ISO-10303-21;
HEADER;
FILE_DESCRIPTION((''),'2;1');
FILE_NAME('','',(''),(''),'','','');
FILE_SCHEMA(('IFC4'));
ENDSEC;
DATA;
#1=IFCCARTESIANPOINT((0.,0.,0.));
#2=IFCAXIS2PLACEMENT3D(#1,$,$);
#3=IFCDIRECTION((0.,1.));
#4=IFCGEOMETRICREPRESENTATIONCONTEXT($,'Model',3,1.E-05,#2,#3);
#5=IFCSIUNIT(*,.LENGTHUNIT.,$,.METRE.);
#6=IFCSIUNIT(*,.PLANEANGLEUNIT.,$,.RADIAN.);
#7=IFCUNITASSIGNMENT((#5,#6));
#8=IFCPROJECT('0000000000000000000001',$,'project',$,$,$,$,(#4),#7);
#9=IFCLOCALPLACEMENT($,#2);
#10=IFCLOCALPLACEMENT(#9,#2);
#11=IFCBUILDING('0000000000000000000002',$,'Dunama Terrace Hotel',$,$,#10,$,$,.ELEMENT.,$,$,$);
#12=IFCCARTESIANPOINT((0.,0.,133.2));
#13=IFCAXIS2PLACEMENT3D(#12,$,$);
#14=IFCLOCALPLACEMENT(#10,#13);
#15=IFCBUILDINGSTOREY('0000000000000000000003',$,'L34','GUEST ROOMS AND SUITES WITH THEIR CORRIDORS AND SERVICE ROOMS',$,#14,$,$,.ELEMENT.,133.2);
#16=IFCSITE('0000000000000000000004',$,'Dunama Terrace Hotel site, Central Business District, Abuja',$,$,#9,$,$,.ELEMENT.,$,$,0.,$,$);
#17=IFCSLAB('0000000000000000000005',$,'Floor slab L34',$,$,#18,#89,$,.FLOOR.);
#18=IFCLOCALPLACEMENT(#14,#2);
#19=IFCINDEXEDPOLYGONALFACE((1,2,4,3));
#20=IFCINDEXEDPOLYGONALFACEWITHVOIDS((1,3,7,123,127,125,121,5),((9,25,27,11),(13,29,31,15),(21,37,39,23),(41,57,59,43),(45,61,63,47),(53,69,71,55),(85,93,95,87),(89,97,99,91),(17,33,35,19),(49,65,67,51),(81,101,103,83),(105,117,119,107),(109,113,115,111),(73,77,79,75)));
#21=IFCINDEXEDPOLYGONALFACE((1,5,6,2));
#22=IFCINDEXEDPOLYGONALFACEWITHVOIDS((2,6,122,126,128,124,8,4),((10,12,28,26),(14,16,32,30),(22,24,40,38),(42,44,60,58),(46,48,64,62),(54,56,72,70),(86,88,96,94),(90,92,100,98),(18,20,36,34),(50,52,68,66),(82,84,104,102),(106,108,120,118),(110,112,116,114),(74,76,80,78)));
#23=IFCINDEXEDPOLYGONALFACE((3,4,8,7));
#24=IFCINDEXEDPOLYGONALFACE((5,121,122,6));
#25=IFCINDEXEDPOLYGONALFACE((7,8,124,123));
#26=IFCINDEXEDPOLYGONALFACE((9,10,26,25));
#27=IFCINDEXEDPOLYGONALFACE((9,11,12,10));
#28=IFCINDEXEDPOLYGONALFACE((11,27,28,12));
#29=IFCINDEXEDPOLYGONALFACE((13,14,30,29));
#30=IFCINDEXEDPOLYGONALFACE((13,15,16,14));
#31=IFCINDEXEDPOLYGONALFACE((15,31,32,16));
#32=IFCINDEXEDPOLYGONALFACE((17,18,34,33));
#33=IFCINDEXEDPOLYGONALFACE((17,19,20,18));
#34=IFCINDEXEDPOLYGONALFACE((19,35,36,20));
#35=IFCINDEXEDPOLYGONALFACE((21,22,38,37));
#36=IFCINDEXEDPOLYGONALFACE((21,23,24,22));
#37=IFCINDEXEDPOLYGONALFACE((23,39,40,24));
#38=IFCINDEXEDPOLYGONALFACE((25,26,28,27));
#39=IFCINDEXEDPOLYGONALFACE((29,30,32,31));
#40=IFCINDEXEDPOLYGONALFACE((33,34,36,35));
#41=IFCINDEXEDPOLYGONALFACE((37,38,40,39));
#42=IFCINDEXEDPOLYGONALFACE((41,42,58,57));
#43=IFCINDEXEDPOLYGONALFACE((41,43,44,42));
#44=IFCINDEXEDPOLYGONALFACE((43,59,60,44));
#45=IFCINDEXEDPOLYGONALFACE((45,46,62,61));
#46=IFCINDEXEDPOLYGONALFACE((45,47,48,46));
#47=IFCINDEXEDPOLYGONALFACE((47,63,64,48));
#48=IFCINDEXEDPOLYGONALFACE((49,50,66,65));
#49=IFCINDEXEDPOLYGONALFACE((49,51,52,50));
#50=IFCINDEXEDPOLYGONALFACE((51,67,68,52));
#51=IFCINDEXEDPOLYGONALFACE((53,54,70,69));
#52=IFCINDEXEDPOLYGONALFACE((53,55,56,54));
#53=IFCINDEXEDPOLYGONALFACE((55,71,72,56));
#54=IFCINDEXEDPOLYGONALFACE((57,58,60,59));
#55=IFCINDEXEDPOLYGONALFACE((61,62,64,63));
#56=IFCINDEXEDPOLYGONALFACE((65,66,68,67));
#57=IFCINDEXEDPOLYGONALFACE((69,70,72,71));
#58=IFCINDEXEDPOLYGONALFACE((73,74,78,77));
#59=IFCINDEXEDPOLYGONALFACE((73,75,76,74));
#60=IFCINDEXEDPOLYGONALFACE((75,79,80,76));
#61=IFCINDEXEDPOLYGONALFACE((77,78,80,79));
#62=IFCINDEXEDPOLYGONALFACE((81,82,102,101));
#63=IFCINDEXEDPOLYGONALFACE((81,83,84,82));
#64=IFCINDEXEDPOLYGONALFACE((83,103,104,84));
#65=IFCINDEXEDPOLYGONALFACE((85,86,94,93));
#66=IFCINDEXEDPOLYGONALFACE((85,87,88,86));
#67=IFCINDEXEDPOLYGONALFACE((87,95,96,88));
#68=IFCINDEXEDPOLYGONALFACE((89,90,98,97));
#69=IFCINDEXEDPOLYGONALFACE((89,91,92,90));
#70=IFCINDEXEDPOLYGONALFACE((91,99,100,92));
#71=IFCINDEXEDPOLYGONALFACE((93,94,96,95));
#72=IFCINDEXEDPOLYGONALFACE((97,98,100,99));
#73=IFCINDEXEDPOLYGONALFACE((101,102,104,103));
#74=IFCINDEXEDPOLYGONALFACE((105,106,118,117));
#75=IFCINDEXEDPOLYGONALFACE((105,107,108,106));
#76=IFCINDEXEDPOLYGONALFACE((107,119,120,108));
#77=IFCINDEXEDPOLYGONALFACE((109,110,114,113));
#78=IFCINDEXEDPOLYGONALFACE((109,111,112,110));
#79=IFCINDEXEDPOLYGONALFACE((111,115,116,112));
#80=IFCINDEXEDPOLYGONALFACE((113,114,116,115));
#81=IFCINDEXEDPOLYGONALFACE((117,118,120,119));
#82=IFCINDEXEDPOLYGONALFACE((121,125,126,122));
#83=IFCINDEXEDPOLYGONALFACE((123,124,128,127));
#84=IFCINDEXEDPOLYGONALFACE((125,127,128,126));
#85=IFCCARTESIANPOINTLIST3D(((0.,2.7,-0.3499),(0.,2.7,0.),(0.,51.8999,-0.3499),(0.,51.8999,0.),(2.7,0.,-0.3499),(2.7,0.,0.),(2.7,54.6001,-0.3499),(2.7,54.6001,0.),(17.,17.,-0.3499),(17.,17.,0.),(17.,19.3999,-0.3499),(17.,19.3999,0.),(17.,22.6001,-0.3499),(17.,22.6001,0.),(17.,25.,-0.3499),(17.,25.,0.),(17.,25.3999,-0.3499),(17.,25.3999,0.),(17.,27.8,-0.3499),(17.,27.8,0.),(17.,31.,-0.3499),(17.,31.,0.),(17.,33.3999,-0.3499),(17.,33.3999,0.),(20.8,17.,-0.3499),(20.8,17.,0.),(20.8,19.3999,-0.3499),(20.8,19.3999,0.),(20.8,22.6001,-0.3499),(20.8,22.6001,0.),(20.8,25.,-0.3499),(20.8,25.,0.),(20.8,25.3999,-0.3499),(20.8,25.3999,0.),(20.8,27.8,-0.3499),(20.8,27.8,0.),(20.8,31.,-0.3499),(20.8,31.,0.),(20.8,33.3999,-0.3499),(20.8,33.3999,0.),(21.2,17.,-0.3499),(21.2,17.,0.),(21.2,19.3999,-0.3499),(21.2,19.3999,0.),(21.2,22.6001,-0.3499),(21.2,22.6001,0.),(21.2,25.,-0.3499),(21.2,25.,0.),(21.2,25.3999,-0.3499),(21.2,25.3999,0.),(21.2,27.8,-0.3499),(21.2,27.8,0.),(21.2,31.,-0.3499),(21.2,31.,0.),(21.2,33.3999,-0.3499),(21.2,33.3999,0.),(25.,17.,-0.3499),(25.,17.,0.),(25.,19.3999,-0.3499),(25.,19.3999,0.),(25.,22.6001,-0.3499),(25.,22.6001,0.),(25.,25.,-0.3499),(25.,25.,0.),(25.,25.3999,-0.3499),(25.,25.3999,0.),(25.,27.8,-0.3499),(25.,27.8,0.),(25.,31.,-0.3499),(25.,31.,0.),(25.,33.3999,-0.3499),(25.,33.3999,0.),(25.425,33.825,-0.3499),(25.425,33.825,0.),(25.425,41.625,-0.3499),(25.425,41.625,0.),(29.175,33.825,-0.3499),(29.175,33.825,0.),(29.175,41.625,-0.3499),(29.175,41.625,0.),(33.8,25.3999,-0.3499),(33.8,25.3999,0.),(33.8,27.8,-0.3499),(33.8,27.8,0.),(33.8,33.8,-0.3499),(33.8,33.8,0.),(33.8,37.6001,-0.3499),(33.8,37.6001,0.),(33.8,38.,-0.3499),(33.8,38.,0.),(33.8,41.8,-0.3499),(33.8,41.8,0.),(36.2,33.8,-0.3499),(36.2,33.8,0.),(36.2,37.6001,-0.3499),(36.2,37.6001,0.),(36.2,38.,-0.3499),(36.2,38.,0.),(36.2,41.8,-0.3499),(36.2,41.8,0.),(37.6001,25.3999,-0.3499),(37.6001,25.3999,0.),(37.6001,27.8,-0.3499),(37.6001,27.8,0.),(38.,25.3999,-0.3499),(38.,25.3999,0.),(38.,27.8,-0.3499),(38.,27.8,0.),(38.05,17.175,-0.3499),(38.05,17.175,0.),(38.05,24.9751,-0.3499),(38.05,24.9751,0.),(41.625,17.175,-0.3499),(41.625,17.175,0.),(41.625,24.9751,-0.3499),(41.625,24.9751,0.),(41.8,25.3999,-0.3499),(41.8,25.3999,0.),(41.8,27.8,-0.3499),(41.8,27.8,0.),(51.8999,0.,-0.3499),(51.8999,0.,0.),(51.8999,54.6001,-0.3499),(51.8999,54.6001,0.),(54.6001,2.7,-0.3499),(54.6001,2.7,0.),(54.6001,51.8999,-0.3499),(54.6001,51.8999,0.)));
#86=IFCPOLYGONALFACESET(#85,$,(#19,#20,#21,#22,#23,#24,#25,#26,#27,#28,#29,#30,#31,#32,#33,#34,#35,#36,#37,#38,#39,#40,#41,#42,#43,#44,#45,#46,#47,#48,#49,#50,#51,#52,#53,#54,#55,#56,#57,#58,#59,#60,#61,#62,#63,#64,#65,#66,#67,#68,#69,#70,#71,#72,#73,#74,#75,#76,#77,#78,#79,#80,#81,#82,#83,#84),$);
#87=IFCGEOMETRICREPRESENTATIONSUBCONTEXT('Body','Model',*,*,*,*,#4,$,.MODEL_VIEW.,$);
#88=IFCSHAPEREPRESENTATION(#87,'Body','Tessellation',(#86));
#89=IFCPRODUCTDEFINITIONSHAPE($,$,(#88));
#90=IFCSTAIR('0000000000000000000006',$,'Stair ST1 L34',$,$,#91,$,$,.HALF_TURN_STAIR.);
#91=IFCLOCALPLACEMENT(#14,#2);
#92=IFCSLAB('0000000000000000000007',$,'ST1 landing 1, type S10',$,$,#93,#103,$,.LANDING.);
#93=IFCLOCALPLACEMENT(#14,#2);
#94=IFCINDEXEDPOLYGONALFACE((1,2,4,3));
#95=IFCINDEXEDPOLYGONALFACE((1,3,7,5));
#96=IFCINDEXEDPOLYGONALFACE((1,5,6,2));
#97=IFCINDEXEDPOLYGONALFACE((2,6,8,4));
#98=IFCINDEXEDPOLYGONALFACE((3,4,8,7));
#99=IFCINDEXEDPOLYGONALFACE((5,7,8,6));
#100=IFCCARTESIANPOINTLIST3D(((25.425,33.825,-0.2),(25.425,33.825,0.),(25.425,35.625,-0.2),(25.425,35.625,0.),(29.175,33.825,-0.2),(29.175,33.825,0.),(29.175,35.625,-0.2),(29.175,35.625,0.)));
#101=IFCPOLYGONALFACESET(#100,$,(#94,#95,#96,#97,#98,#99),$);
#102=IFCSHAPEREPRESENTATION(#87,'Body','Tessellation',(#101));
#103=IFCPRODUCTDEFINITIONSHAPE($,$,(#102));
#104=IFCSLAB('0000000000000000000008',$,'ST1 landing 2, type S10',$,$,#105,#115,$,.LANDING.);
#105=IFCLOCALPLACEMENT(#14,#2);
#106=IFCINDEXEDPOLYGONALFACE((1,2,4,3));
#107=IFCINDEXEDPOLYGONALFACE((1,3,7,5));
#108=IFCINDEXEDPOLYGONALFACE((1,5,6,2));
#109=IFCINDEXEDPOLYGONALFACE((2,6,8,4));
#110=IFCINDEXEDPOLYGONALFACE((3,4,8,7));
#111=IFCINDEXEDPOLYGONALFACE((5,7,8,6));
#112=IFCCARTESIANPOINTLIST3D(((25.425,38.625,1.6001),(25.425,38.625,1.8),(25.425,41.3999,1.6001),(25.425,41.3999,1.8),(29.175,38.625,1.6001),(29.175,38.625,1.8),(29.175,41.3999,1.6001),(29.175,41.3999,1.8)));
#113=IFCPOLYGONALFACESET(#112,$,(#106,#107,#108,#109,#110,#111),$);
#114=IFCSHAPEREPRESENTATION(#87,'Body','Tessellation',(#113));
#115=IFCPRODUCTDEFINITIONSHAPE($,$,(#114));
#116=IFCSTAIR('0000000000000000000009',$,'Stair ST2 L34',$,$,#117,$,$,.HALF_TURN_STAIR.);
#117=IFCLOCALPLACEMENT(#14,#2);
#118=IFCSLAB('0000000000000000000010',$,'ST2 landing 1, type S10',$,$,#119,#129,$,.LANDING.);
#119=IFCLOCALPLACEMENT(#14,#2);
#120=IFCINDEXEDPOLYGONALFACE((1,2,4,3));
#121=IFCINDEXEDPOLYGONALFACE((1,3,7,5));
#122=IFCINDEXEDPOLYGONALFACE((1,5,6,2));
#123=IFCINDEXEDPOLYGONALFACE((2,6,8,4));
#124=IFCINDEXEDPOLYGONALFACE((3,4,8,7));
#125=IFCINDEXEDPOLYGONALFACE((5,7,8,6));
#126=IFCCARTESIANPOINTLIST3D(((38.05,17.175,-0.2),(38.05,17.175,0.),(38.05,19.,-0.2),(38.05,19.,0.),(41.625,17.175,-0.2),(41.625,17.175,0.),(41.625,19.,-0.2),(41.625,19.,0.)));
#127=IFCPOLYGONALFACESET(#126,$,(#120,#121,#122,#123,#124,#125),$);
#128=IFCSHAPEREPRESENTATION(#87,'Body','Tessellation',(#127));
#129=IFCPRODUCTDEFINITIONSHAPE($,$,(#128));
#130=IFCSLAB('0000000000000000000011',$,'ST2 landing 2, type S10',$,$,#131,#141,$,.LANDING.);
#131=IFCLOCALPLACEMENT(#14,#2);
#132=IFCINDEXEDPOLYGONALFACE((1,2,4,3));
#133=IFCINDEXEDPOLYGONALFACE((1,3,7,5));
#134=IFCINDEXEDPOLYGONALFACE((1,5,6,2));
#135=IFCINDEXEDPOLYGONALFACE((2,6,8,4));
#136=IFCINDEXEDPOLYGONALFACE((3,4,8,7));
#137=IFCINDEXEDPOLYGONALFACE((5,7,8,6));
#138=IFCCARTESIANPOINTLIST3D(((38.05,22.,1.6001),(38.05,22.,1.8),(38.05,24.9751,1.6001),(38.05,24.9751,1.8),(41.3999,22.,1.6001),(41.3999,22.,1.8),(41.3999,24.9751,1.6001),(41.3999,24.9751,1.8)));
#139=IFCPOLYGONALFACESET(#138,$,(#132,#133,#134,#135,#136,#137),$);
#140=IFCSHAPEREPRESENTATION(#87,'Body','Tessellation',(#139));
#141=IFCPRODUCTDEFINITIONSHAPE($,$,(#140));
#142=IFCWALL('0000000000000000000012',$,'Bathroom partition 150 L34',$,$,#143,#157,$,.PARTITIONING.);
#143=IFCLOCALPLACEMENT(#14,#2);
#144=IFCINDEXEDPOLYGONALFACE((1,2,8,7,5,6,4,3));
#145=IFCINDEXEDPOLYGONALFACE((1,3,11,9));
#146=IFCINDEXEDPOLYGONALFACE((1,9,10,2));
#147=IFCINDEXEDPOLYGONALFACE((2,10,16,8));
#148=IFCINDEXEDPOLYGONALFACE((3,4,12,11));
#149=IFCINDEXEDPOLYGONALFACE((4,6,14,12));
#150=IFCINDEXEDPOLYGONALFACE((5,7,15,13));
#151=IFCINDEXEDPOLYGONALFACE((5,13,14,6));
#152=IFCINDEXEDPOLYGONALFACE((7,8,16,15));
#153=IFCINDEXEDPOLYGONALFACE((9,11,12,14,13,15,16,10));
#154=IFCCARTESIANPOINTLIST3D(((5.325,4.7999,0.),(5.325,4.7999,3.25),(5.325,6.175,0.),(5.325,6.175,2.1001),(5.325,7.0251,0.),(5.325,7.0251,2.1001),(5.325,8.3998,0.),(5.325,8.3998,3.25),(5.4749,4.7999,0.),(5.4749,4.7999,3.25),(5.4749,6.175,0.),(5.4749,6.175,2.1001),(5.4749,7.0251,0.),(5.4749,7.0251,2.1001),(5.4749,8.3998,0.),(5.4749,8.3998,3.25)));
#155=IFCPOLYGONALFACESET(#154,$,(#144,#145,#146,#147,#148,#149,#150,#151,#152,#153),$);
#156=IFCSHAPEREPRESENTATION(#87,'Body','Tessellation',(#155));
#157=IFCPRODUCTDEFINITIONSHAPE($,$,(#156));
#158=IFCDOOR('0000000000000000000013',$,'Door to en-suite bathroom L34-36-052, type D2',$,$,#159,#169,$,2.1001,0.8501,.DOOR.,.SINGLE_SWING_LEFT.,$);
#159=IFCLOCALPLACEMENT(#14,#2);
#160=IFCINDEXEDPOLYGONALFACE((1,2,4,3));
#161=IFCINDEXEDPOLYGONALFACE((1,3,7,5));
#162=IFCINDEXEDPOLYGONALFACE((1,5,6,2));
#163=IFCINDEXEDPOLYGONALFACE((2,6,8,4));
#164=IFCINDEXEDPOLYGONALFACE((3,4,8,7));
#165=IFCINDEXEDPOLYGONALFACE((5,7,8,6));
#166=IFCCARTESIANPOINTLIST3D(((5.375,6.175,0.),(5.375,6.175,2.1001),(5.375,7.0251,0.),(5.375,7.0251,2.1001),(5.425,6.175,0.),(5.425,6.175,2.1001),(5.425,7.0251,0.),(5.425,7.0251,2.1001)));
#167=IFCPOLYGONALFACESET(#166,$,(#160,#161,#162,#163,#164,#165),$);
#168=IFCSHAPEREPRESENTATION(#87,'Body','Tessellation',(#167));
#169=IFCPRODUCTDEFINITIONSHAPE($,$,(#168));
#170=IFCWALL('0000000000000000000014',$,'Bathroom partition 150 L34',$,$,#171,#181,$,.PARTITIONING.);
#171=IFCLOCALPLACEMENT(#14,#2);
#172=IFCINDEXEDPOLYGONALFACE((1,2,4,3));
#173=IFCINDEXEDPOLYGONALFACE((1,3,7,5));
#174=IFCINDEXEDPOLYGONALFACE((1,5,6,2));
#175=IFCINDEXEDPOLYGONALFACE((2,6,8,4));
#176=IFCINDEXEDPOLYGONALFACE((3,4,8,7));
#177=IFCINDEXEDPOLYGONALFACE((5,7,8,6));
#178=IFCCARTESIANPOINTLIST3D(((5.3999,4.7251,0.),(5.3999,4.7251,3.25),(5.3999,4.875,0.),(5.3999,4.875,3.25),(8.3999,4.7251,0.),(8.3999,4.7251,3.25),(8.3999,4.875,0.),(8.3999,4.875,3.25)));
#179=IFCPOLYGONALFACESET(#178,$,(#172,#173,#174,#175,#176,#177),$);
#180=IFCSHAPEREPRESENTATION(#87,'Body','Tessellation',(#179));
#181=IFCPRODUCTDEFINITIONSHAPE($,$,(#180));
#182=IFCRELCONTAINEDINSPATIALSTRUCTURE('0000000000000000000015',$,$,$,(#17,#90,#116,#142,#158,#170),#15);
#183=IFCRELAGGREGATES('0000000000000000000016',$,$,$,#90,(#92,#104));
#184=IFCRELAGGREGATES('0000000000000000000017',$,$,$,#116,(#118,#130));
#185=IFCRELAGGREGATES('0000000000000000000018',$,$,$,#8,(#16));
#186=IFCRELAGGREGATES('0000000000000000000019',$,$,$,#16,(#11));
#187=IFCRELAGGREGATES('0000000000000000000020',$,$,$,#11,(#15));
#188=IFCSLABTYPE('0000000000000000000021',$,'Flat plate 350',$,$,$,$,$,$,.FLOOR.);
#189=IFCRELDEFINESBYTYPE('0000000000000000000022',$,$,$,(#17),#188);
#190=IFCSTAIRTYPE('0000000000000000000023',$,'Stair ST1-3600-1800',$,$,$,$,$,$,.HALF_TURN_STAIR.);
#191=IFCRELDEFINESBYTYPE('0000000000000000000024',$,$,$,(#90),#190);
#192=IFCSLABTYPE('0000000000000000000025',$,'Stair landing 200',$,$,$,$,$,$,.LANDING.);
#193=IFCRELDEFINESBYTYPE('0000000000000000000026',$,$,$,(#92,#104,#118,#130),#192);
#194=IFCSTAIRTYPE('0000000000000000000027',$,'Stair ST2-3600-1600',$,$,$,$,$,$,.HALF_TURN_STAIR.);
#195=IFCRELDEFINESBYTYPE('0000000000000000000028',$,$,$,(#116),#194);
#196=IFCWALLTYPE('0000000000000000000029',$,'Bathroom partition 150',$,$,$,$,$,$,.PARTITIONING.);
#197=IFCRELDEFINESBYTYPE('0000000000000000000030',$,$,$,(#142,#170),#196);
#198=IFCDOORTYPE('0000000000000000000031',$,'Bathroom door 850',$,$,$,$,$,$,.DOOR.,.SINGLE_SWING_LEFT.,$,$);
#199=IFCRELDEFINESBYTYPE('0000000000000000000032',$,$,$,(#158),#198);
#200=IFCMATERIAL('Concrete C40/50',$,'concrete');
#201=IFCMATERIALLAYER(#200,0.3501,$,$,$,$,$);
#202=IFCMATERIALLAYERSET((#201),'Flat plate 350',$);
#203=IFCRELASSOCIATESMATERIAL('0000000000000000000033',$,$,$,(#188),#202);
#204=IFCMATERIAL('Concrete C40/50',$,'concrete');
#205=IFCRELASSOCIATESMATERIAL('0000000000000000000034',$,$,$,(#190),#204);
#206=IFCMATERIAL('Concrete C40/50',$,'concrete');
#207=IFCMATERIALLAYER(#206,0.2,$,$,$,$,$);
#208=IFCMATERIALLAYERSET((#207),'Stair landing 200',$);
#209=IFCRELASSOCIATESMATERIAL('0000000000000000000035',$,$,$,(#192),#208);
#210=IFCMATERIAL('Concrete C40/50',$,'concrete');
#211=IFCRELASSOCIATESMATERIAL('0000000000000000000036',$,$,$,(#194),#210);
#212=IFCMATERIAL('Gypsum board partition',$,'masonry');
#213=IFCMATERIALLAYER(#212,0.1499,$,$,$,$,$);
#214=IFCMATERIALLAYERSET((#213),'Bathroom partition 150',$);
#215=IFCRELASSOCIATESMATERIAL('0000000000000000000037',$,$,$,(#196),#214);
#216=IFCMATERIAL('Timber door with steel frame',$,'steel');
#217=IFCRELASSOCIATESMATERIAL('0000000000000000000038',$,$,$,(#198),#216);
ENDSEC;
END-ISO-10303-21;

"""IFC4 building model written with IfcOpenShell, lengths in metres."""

from ifc_helpers import new_model, si_unit, direction, frame, frame_2d, origin, place, context, subcontext, project, spatial, polyline, rectangle, outline, extrude, material, layer, layer_set, type_object, element, fill, aggregate, save


model = new_model("IFC4")

# Units and contexts
model_context = context("Model", 3, precision=1e-05, world=origin(), true_north=direction((0.0, 1.0)))
body_context = subcontext(model_context, "Body", "Model", "MODEL_VIEW")
ifc_project = project(units=[si_unit("LENGTHUNIT", "METRE"), si_unit("PLANEANGLEUNIT", "RADIAN")], contexts=[model_context])

# Site, building, storey
site_placement = place(None, origin())
site = spatial("IfcSite", under=ifc_project, at=site_placement, Name="Dunama Terrace Hotel site, Central Business District, Abuja", CompositionType="ELEMENT", RefElevation=0.0)
building_placement = place(site_placement, origin())
building = spatial("IfcBuilding", under=site, at=building_placement, Name="Dunama Terrace Hotel", CompositionType="ELEMENT")
storey_placement = place(building_placement, frame((0.0, 0.0, 133.2)))
storey = spatial("IfcBuildingStorey", under=building, at=storey_placement, Name="L34", Description="GUEST ROOMS AND SUITES WITH THEIR CORRIDORS AND SERVICE ROOMS", CompositionType="ELEMENT", Elevation=133.2)

# Slab
ifc_material_1 = material(Name="Concrete C40/50", Category="concrete")
ifc_layer_1 = layer(ifc_material_1, 0.3501)
ifc_layer_set_1 = layer_set([ifc_layer_1], Name="Flat plate 350")
slab_type_1 = type_object("IfcSlabType", Name="Flat plate 350", PredefinedType="FLOOR", material=ifc_layer_set_1)
slab_1_placement = place(storey_placement, frame((0.0, 0.0, -0.3499)))
element("IfcSlab", 1, at=slab_1_placement, inside=storey, type_object=slab_type_1, Name="Floor slab L34", PredefinedType="FLOOR", context=body_context, shape_type="SweptSolid", body=[
    extrude(outline(polyline([(2.7, 0.0), (51.8999, 0.0), (54.6001, 2.7), (54.6001, 51.8999), (51.8999, 54.6001), (2.7, 54.6001), (0.0, 51.8999), (0.0, 2.7), (2.7, 0.0)]), holes=[polyline([(37.6001, 25.3999), (37.6001, 27.8), (33.8, 27.8), (33.8, 25.3999), (37.6001, 25.3999)]), polyline([(41.8, 25.3999), (41.8, 27.8), (38.0, 27.8), (38.0, 25.3999), (41.8, 25.3999)]), polyline([(20.8, 17.0), (20.8, 19.3999), (17.0, 19.3999), (17.0, 17.0), (20.8, 17.0)]), polyline([(25.0, 17.0), (25.0, 19.3999), (21.2, 19.3999), (21.2, 17.0), (25.0, 17.0)]), polyline([(20.8, 22.6001), (20.8, 25.0), (17.0, 25.0), (17.0, 22.6001), (20.8, 22.6001)]), polyline([(25.0, 22.6001), (25.0, 25.0), (21.2, 25.0), (21.2, 22.6001), (25.0, 22.6001)]), polyline([(20.8, 25.3999), (20.8, 27.8), (17.0, 27.8), (17.0, 25.3999), (20.8, 25.3999)]), polyline([(25.0, 25.3999), (25.0, 27.8), (21.2, 27.8), (21.2, 25.3999), (25.0, 25.3999)]), polyline([(20.8, 31.0), (20.8, 33.3999), (17.0, 33.3999), (17.0, 31.0), (20.8, 31.0)]), polyline([(25.0, 31.0), (25.0, 33.3999), (21.2, 33.3999), (21.2, 31.0), (25.0, 31.0)]), polyline([(36.2, 38.0), (36.2, 41.8), (33.8, 41.8), (33.8, 38.0), (36.2, 38.0)]), polyline([(36.2, 33.8), (36.2, 37.6001), (33.8, 37.6001), (33.8, 33.8), (36.2, 33.8)]), polyline([(29.175, 33.825), (29.175, 41.625), (25.425, 41.625), (25.425, 33.825), (29.175, 33.825)]), polyline([(41.625, 17.175), (41.625, 24.9751), (38.05, 24.9751), (38.05, 17.175), (41.625, 17.175)])]), origin(), (0.0, 0.0, 1.0), 0.3499),
])

# Stairs, slabs
ifc_material_2 = material(Name="Concrete C40/50", Category="concrete")
stair_type_1 = type_object("IfcStairType", Name="Stair ST1-3600-1800", PredefinedType="HALF_TURN_STAIR", material=ifc_material_2)
stair_1_placement = place(storey_placement, origin())
stair_1 = element("IfcStair", 2, at=stair_1_placement, inside=storey, type_object=stair_type_1, Name="Stair ST1 L34", PredefinedType="HALF_TURN_STAIR")
ifc_material_3 = material(Name="Concrete C40/50", Category="concrete")
ifc_layer_2 = layer(ifc_material_3, 0.2)
ifc_layer_set_2 = layer_set([ifc_layer_2], Name="Stair landing 200")
slab_type_2 = type_object("IfcSlabType", Name="Stair landing 200", PredefinedType="LANDING", material=ifc_layer_set_2)
slab_2_placement = place(storey_placement, frame((0.0, 0.0, -0.2)))
slab_2 = element("IfcSlab", 3, at=slab_2_placement, type_object=slab_type_2, Name="ST1 landing 1, type S10", PredefinedType="LANDING", context=body_context, shape_type="SweptSolid", body=[
    extrude(outline(polyline([(25.425, 33.825), (29.175, 33.825), (29.175, 35.625), (25.425, 35.625), (25.425, 33.825)])), origin(), (0.0, 0.0, 1.0), 0.2),
])
slab_3_placement = place(storey_placement, frame((0.0, 0.0, 1.6001)))
slab_3 = element("IfcSlab", 4, at=slab_3_placement, type_object=slab_type_2, Name="ST1 landing 2, type S10", PredefinedType="LANDING", context=body_context, shape_type="SweptSolid", body=[
    extrude(outline(polyline([(25.425, 38.625), (29.175, 38.625), (29.175, 41.3999), (25.425, 41.3999), (25.425, 38.625)])), origin(), (0.0, 0.0, 1.0), 0.2),
])
aggregate(stair_1, [slab_2, slab_3])
ifc_material_4 = material(Name="Concrete C40/50", Category="concrete")
stair_type_2 = type_object("IfcStairType", Name="Stair ST2-3600-1600", PredefinedType="HALF_TURN_STAIR", material=ifc_material_4)
stair_2_placement = place(storey_placement, origin())
stair_2 = element("IfcStair", 5, at=stair_2_placement, inside=storey, type_object=stair_type_2, Name="Stair ST2 L34", PredefinedType="HALF_TURN_STAIR")
slab_4_placement = place(storey_placement, frame((0.0, 0.0, -0.2)))
slab_4 = element("IfcSlab", 6, at=slab_4_placement, type_object=slab_type_2, Name="ST2 landing 1, type S10", PredefinedType="LANDING", context=body_context, shape_type="SweptSolid", body=[
    extrude(outline(polyline([(38.05, 17.175), (41.625, 17.175), (41.625, 19.0), (38.05, 19.0), (38.05, 17.175)])), origin(), (0.0, 0.0, 1.0), 0.2),
])
slab_5_placement = place(storey_placement, frame((0.0, 0.0, 1.6001)))
slab_5 = element("IfcSlab", 7, at=slab_5_placement, type_object=slab_type_2, Name="ST2 landing 2, type S10", PredefinedType="LANDING", context=body_context, shape_type="SweptSolid", body=[
    extrude(outline(polyline([(38.05, 22.0), (41.3999, 22.0), (41.3999, 24.9751), (38.05, 24.9751), (38.05, 22.0)])), origin(), (0.0, 0.0, 1.0), 0.2),
])
aggregate(stair_2, [slab_4, slab_5])

# Wall, opening, door
ifc_material_5 = material(Name="Gypsum board partition", Category="masonry")
ifc_layer_3 = layer(ifc_material_5, 0.1499)
ifc_layer_set_3 = layer_set([ifc_layer_3], Name="Bathroom partition 150")
wall_type_1 = type_object("IfcWallType", Name="Bathroom partition 150", PredefinedType="PARTITIONING", material=ifc_layer_set_3)
wall_1_placement = place(storey_placement, frame((5.3999, 4.8, 0.0), z_axis=(0.0, 0.0, 1.0), x_axis=(0.0, 1.0, 0.0)))
wall_1 = element("IfcWall", 8, at=wall_1_placement, inside=storey, type_object=wall_type_1, Name="Bathroom partition 150 L34", PredefinedType="PARTITIONING", context=body_context, shape_type="SweptSolid", body=[
    extrude(rectangle(XDim=3.5999, YDim=0.1499, at=frame_2d((1.7998, 0.0))), origin(), (0.0, 0.0, 1.0), 3.25),
])
opening_1_placement = place(wall_1_placement, frame((1.375, 0.0, 0.0)))
opening_1 = element("IfcOpeningElement", 9, at=opening_1_placement, cuts=wall_1, PredefinedType="OPENING", context=body_context, shape_type="SweptSolid", body=[
    extrude(rectangle(XDim=0.8501, YDim=2.1001, at=frame_2d((0.425, 1.05))), frame((0.0, 0.085, 0.0), z_axis=(0.0, -1.0, 0.0), x_axis=(1.0, 0.0, 0.0)), (0.0, 0.0, 1.0), 0.1699),
])
ifc_material_6 = material(Name="Timber door with steel frame", Category="steel")
door_type_1 = type_object("IfcDoorType", Name="Bathroom door 850", OperationType="SINGLE_SWING_LEFT", PredefinedType="DOOR", material=ifc_material_6)
door_1_placement = place(opening_1_placement, frame((0.8501, 0.0, 0.0), z_axis=(0.0, 0.0, 1.0), x_axis=(-1.0, 0.0, 0.0)))
door_1 = element("IfcDoor", 10, at=door_1_placement, inside=storey, type_object=door_type_1, Name="Door to en-suite bathroom L34-36-052, type D2", OperationType="SINGLE_SWING_LEFT", OverallHeight=2.1001, OverallWidth=0.8501, PredefinedType="DOOR", context=body_context, shape_type="SweptSolid", body=[
    extrude(rectangle(XDim=0.8501, YDim=2.1001, at=frame_2d((0.425, 1.05))), frame((0.0, 0.0251, 0.0), z_axis=(0.0, -1.0, 0.0), x_axis=(1.0, 0.0, 0.0)), (0.0, 0.0, 1.0), 0.05),
])
fill(opening_1, door_1)

# Wall
wall_2_placement = place(storey_placement, frame((5.3999, 4.8, 0.0), z_axis=(0.0, 0.0, 1.0), x_axis=(1.0, 0.0, 0.0)))
element("IfcWall", 11, at=wall_2_placement, inside=storey, type_object=wall_type_1, Name="Bathroom partition 150 L34", PredefinedType="PARTITIONING", context=body_context, shape_type="SweptSolid", body=[
    extrude(rectangle(XDim=3.0, YDim=0.1499, at=frame_2d((1.5, 0.0))), origin(), (0.0, 0.0, 1.0), 3.25),
])

save(model, "model.ifc")
